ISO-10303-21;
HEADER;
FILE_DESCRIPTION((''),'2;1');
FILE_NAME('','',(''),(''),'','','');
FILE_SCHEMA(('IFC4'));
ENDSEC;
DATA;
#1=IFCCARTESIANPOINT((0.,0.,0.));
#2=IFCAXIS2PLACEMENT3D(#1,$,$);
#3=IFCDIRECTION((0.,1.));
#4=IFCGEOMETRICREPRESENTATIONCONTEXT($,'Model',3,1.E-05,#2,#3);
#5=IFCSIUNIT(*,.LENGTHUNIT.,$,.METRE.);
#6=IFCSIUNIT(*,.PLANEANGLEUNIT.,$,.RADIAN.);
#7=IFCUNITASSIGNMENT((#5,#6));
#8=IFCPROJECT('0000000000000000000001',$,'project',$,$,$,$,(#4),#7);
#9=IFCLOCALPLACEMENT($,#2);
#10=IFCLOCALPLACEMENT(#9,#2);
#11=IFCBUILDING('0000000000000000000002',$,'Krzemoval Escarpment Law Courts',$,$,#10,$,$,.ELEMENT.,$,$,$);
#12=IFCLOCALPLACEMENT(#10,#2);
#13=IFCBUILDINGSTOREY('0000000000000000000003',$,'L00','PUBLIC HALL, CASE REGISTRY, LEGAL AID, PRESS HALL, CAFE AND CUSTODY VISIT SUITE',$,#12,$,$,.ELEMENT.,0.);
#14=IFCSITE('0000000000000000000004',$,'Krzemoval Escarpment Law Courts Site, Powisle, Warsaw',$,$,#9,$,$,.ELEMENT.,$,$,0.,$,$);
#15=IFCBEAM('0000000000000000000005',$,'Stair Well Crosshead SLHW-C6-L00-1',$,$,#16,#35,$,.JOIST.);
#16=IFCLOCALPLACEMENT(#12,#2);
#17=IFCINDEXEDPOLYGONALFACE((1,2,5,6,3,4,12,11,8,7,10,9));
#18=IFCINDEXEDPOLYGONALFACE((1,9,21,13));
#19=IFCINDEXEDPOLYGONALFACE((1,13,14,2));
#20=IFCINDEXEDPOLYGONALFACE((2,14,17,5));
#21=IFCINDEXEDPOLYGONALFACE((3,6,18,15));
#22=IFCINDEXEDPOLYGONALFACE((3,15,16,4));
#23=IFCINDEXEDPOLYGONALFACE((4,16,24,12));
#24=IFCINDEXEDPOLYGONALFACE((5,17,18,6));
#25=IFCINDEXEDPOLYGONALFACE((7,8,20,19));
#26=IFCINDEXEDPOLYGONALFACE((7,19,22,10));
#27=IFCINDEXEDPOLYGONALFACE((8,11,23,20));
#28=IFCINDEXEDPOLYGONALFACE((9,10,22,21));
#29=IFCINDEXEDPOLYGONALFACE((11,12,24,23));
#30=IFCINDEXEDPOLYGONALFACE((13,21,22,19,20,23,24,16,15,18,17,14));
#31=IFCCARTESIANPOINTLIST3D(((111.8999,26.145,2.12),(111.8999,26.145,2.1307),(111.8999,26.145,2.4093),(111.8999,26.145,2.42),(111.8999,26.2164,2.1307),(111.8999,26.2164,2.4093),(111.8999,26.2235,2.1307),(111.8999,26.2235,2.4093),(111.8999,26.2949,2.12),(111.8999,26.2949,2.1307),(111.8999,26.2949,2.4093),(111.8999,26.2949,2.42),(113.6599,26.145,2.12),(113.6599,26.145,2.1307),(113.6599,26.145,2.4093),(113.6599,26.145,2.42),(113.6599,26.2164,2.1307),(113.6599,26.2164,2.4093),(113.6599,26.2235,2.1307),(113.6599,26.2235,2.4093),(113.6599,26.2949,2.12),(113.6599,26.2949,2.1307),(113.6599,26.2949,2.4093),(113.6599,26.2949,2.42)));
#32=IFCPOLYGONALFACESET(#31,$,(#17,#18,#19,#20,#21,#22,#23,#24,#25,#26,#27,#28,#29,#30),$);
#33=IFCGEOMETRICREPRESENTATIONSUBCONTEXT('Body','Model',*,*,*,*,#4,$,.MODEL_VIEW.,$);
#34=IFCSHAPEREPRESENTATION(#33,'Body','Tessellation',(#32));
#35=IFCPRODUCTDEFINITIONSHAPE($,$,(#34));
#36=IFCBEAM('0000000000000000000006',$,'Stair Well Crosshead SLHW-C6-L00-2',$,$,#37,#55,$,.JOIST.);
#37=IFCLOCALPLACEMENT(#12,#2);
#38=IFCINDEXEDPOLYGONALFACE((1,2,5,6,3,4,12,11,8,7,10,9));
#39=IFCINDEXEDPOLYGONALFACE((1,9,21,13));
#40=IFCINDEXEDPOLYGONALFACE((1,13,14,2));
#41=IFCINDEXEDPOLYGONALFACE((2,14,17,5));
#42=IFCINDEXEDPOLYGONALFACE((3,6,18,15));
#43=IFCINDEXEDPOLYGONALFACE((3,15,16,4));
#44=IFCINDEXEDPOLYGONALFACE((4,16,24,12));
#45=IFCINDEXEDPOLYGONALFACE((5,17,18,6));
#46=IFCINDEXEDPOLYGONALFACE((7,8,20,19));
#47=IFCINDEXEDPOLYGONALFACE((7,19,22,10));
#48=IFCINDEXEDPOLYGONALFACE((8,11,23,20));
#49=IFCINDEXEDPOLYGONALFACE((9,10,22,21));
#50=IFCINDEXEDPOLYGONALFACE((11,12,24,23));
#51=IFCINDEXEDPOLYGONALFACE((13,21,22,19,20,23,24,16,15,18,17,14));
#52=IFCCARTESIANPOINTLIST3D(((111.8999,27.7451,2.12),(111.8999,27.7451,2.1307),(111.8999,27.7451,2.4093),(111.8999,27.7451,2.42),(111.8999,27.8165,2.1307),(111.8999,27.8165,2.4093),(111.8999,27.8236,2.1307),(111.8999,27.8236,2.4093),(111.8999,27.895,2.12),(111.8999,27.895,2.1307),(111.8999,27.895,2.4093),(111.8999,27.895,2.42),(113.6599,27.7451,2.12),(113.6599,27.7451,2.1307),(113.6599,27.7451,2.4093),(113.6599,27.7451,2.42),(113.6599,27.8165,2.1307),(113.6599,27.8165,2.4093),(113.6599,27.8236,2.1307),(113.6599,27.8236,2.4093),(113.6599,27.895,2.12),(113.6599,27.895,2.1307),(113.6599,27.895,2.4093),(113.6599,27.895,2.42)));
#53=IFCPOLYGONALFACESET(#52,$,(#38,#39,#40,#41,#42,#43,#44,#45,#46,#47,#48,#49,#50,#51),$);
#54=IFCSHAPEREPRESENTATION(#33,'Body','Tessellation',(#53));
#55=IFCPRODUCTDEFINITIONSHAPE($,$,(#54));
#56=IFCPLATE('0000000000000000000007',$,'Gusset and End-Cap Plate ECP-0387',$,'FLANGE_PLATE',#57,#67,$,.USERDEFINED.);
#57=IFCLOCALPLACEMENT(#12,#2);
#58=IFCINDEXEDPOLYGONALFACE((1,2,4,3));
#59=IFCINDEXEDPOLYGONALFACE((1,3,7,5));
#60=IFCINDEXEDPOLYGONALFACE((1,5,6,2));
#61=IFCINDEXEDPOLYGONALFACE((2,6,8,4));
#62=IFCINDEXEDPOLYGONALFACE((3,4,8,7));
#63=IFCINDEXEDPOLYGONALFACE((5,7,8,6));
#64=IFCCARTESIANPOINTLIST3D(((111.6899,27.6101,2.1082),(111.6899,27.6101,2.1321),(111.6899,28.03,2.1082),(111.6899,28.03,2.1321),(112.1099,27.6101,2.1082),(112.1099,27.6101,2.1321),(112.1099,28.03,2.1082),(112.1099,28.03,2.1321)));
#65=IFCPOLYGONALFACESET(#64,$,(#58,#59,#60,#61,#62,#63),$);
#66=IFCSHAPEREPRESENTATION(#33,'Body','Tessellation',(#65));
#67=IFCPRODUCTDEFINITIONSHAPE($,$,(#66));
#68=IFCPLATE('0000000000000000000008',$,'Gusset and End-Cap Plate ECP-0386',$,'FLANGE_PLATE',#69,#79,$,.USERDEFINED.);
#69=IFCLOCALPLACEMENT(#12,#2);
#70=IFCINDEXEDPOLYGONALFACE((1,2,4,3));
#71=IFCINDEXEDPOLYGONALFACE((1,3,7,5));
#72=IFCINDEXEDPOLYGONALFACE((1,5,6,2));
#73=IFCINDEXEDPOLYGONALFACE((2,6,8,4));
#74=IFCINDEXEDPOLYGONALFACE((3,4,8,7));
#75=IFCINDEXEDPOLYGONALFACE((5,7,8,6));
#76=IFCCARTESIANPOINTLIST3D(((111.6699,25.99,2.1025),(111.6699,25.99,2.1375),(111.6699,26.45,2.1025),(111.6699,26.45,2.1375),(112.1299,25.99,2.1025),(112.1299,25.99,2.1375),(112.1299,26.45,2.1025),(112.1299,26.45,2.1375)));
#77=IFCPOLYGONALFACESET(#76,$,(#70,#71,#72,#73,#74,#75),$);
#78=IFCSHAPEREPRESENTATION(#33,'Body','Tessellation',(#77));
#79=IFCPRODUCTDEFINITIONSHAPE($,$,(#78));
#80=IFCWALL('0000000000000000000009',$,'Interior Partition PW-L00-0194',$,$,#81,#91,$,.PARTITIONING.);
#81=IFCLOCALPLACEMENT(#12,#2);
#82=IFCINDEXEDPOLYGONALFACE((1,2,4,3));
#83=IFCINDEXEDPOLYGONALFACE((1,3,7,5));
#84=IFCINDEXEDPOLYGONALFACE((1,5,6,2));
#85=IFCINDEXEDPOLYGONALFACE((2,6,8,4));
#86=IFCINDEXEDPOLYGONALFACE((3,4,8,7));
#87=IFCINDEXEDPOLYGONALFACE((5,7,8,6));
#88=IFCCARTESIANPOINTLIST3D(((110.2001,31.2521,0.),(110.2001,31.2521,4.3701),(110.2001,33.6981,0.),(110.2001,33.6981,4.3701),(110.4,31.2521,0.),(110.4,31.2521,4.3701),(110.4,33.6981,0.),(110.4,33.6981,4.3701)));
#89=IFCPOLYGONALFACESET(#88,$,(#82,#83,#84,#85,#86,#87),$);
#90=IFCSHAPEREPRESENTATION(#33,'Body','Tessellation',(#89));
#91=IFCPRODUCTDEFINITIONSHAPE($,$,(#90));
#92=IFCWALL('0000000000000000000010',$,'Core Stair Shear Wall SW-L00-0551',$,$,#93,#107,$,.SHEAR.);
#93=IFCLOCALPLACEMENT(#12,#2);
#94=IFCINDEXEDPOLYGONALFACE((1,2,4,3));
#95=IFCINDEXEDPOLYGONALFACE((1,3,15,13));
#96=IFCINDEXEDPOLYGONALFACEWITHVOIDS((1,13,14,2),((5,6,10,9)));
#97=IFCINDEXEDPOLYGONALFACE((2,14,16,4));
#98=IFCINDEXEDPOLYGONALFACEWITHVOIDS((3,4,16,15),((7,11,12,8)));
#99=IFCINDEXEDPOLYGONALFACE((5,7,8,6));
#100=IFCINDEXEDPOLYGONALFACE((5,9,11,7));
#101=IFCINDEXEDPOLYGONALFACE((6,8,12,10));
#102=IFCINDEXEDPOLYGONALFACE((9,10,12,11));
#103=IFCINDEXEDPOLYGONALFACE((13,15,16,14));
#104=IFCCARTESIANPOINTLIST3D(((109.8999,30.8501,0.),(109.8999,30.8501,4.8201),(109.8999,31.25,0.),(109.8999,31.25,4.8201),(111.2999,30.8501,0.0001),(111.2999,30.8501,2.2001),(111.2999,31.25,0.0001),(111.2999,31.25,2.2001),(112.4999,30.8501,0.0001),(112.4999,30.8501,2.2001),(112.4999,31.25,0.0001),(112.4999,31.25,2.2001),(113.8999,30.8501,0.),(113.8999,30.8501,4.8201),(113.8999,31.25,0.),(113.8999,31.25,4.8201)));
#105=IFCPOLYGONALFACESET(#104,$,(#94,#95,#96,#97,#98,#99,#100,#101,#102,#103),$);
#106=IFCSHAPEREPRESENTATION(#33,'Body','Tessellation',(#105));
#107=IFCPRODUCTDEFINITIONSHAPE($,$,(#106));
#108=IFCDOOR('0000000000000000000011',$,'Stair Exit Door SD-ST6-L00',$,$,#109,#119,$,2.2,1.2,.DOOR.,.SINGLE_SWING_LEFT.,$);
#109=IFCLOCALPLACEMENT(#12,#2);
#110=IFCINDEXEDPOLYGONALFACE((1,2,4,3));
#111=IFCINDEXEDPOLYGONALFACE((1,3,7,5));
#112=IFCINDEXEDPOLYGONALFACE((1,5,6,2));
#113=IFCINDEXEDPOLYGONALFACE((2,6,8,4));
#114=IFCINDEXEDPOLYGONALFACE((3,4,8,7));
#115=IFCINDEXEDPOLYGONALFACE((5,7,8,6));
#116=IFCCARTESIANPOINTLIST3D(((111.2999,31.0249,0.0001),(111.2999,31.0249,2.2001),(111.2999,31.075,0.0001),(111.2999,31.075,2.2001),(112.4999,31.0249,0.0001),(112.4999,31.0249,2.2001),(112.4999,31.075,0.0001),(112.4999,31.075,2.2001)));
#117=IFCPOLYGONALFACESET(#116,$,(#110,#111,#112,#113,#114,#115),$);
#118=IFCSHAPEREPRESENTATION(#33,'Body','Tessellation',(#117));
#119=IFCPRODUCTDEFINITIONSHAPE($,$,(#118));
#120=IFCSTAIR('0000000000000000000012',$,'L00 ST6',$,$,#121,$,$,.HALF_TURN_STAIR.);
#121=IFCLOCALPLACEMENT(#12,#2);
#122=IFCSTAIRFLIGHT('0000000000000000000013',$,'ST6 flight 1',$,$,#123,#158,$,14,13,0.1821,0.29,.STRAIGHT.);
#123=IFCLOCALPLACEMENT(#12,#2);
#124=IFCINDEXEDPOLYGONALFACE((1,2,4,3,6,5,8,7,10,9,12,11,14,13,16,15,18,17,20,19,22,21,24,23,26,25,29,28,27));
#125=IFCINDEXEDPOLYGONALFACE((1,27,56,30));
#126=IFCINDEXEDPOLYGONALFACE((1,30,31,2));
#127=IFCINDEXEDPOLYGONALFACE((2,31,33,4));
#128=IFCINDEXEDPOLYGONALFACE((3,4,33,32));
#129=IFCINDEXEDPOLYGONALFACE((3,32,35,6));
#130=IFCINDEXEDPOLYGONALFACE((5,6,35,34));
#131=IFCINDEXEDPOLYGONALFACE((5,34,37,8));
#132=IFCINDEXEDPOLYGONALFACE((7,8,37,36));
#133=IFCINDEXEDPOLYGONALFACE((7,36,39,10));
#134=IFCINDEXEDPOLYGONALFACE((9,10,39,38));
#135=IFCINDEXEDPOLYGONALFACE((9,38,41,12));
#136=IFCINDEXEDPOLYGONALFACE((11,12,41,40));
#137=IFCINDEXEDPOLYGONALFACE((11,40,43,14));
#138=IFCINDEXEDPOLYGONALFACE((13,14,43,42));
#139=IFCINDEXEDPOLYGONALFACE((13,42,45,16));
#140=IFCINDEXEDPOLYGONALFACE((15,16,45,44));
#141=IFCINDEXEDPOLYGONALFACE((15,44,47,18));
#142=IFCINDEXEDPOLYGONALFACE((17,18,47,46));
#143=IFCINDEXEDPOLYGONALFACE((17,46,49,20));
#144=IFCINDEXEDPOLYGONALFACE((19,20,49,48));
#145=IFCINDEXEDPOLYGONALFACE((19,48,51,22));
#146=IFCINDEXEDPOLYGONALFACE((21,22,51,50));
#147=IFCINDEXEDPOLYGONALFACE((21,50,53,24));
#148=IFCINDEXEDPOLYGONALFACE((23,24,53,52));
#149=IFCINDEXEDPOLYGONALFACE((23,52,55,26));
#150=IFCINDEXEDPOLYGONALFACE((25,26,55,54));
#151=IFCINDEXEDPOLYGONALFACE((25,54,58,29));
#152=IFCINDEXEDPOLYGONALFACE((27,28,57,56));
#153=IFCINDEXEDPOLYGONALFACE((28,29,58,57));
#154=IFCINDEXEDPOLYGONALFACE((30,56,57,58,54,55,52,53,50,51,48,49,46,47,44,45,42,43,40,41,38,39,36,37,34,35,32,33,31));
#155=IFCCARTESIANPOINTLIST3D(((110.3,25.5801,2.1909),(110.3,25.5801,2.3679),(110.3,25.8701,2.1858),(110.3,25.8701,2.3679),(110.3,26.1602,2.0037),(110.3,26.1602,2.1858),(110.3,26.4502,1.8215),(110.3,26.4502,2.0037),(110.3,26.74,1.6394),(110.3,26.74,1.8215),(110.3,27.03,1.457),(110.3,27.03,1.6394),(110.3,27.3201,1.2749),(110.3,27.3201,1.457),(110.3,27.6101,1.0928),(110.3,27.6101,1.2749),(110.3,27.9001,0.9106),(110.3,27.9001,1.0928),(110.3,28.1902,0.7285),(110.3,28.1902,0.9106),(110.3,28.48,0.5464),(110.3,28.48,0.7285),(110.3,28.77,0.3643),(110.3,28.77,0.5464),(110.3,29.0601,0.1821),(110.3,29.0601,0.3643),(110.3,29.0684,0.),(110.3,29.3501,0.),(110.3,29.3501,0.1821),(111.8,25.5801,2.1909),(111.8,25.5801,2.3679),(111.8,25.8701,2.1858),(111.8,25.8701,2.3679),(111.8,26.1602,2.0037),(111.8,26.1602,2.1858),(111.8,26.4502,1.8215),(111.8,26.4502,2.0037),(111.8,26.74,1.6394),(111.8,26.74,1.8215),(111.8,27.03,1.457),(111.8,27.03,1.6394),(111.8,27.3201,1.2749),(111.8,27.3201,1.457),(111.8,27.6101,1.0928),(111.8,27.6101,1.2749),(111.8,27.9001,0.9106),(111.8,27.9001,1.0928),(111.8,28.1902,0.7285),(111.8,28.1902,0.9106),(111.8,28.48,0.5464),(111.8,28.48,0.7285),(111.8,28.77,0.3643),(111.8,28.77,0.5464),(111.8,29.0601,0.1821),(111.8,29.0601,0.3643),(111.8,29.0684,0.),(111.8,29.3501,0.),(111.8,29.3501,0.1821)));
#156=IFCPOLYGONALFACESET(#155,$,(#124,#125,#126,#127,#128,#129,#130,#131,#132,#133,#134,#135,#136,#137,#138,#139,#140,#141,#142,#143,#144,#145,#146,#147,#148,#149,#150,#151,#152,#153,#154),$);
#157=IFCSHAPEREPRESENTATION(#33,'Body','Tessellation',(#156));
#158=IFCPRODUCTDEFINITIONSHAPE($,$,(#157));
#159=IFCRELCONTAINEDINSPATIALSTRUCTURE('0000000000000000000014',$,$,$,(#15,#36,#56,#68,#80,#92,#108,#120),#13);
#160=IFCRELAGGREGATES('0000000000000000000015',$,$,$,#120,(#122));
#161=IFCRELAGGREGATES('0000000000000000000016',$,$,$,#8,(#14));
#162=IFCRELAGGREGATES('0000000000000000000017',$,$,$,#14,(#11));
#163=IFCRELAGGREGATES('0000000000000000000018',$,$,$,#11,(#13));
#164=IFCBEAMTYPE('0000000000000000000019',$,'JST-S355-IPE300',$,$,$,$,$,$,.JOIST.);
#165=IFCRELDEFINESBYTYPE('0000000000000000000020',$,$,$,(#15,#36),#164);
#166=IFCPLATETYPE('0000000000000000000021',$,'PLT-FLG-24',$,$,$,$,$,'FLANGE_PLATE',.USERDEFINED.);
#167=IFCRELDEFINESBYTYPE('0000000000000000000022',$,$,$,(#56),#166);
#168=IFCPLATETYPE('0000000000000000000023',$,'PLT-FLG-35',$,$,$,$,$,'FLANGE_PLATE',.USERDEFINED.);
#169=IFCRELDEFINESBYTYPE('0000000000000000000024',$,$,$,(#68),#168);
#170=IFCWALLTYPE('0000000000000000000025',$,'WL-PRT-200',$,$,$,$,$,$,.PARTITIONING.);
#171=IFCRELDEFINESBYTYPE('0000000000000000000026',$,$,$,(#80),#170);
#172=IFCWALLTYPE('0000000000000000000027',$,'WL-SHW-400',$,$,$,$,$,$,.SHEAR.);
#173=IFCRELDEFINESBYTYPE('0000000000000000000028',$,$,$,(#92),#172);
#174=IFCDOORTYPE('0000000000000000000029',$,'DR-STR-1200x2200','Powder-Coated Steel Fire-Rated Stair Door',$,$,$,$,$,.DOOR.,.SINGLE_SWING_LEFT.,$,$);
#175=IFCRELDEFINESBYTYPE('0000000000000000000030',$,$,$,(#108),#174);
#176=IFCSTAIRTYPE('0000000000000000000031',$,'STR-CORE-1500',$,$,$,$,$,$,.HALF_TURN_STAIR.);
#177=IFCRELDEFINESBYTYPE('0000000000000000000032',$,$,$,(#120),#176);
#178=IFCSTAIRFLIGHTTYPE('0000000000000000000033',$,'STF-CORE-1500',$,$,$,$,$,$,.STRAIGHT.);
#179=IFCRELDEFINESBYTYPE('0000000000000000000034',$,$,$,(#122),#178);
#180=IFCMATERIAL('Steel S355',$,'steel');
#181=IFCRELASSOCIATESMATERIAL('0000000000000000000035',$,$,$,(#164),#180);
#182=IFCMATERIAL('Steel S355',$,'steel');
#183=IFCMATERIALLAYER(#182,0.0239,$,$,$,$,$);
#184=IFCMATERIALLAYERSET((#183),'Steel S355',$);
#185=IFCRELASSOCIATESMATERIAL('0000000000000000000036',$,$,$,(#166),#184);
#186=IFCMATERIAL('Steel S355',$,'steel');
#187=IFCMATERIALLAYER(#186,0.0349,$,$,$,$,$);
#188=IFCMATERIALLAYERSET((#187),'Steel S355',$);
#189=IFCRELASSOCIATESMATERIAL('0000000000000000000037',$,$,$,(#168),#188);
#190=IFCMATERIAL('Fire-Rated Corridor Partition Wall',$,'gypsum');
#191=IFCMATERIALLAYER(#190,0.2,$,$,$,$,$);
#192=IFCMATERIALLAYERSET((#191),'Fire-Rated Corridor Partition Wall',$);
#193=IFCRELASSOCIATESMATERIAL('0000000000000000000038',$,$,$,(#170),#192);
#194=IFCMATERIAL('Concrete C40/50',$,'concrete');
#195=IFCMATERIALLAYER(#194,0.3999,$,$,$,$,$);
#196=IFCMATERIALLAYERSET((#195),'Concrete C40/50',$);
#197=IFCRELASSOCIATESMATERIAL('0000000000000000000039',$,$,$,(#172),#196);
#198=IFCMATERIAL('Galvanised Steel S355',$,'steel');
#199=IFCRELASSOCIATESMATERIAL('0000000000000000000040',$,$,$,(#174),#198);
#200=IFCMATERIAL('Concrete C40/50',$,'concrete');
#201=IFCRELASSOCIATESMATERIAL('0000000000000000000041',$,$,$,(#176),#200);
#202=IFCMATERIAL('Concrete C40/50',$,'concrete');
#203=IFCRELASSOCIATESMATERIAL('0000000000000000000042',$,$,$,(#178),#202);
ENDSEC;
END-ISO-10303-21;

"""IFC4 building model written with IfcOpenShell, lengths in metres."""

from ifc_helpers import new_model, si_unit, direction, frame, frame_2d, origin, origin_2d, place, context, subcontext, project, spatial, polyline, rectangle, i_section, outline, extrude, material, layer, layer_set, material_profile, profile_set, type_object, element, fill, aggregate, save


model = new_model("IFC4")

# Units and contexts
model_context = context("Model", 3, precision=1e-05, world=origin(), true_north=direction((0.0, 1.0)))
body_context = subcontext(model_context, "Body", "Model", "MODEL_VIEW")
ifc_project = project(units=[si_unit("LENGTHUNIT", "METRE"), si_unit("PLANEANGLEUNIT", "RADIAN")], contexts=[model_context])

# Site, building, storey
site_placement = place(None, origin())
site = spatial("IfcSite", under=ifc_project, at=site_placement, Name="Krzemoval Escarpment Law Courts Site, Powisle, Warsaw", CompositionType="ELEMENT", RefElevation=0.0)
building_placement = place(site_placement, origin())
building = spatial("IfcBuilding", under=site, at=building_placement, Name="Krzemoval Escarpment Law Courts", CompositionType="ELEMENT")
storey_placement = place(building_placement, origin())
storey = spatial("IfcBuildingStorey", under=building, at=storey_placement, Name="L00", Description="PUBLIC HALL, CASE REGISTRY, LEGAL AID, PRESS HALL, CAFE AND CUSTODY VISIT SUITE", CompositionType="ELEMENT", Elevation=0.0)

# Beams
ifc_material_1 = material(Name="Steel S355", Category="steel")
ifc_material_profile_1 = material_profile(ifc_material_1, i_section(OverallWidth=0.1499, OverallDepth=0.3, WebThickness=0.0071, FlangeThickness=0.0107, at=origin_2d()), Name="IPE 300")
ifc_profile_set_1 = profile_set([ifc_material_profile_1], Name="Steel S355")
beam_type_1 = type_object("IfcBeamType", Name="JST-S355-IPE300", PredefinedType="JOIST", material=ifc_profile_set_1)
for number, where, z_axis, x_axis, name in (
    (1, (111.8999, 26.22, 2.27), (1.0, 0.0, 0.0), (0.0, 1.0, 0.0), "Stair Well Crosshead SLHW-C6-L00-1"),
    (2, (111.8999, 27.8201, 2.27), (1.0, 0.0, 0.0), (0.0, 1.0, 0.0), "Stair Well Crosshead SLHW-C6-L00-2"),
):
    element("IfcBeam", number, at=place(storey_placement, frame(where, z_axis=z_axis, x_axis=x_axis)), inside=storey, type_object=beam_type_1, Name=name, PredefinedType="JOIST", context=body_context, shape_type="SweptSolid", body=[
        extrude(i_section(OverallWidth=0.1499, OverallDepth=0.3, WebThickness=0.0071, FlangeThickness=0.0107, at=origin_2d()), origin(), (0.0, 0.0, 1.0), 1.76),
    ])

# Plates
ifc_material_2 = material(Name="Steel S355", Category="steel")
ifc_layer_1 = layer(ifc_material_2, 0.0239)
ifc_layer_set_1 = layer_set([ifc_layer_1], Name="Steel S355")
plate_type_1 = type_object("IfcPlateType", Name="PLT-FLG-24", ElementType="FLANGE_PLATE", PredefinedType="USERDEFINED", material=ifc_layer_set_1)
plate_1_placement = place(storey_placement, frame((111.8999, 27.8201, 2.1082), z_axis=(0.0, 0.0, 1.0), x_axis=(1.0, 0.0, 0.0)))
element("IfcPlate", 3, at=plate_1_placement, inside=storey, type_object=plate_type_1, Name="Gusset and End-Cap Plate ECP-0387", ObjectType="FLANGE_PLATE", PredefinedType="USERDEFINED", context=body_context, shape_type="SweptSolid", body=[
    extrude(rectangle(XDim=0.4199, YDim=0.4199, at=origin_2d()), origin(), (0.0, 0.0, 1.0), 0.0239),
])
ifc_material_3 = material(Name="Steel S355", Category="steel")
ifc_layer_2 = layer(ifc_material_3, 0.0349)
ifc_layer_set_2 = layer_set([ifc_layer_2], Name="Steel S355")
plate_type_2 = type_object("IfcPlateType", Name="PLT-FLG-35", ElementType="FLANGE_PLATE", PredefinedType="USERDEFINED", material=ifc_layer_set_2)
plate_2_placement = place(storey_placement, frame((111.8999, 26.22, 2.1025), z_axis=(0.0, 0.0, 1.0), x_axis=(1.0, 0.0, 0.0)))
element("IfcPlate", 4, at=plate_2_placement, inside=storey, type_object=plate_type_2, Name="Gusset and End-Cap Plate ECP-0386", ObjectType="FLANGE_PLATE", PredefinedType="USERDEFINED", context=body_context, shape_type="SweptSolid", body=[
    extrude(rectangle(XDim=0.46, YDim=0.46, at=origin_2d()), origin(), (0.0, 0.0, 1.0), 0.0349),
])

# Wall
ifc_material_4 = material(Name="Fire-Rated Corridor Partition Wall", Category="gypsum")
ifc_layer_3 = layer(ifc_material_4, 0.2)
ifc_layer_set_3 = layer_set([ifc_layer_3], Name="Fire-Rated Corridor Partition Wall")
wall_type_1 = type_object("IfcWallType", Name="WL-PRT-200", PredefinedType="PARTITIONING", material=ifc_layer_set_3)
wall_1_placement = place(storey_placement, frame((110.3, 31.252, 0.0), z_axis=(0.0, 0.0, 1.0), x_axis=(0.0, 1.0, 0.0)))
element("IfcWall", 5, at=wall_1_placement, inside=storey, type_object=wall_type_1, Name="Interior Partition PW-L00-0194", PredefinedType="PARTITIONING", context=body_context, shape_type="SweptSolid", body=[
    extrude(rectangle(XDim=2.446, YDim=0.2, at=frame_2d((1.2231, 0.0))), origin(), (0.0, 0.0, 1.0), 4.3701),
])

# Wall, opening, door
ifc_material_5 = material(Name="Concrete C40/50", Category="concrete")
ifc_layer_4 = layer(ifc_material_5, 0.3999)
ifc_layer_set_4 = layer_set([ifc_layer_4], Name="Concrete C40/50")
wall_type_2 = type_object("IfcWallType", Name="WL-SHW-400", PredefinedType="SHEAR", material=ifc_layer_set_4)
wall_2_placement = place(storey_placement, frame((109.8999, 31.05, 0.0), z_axis=(0.0, 0.0, 1.0), x_axis=(1.0, 0.0, 0.0)))
wall_2 = element("IfcWall", 6, at=wall_2_placement, inside=storey, type_object=wall_type_2, Name="Core Stair Shear Wall SW-L00-0551", PredefinedType="SHEAR", context=body_context, shape_type="SweptSolid", body=[
    extrude(rectangle(XDim=4.0, YDim=0.3999, at=frame_2d((2.0, 0.0))), origin(), (0.0, 0.0, 1.0), 4.8201),
])
opening_placement = place(wall_2_placement, frame((1.3999, 0.0, 0.0)))
opening = element("IfcOpeningElement", 7, at=opening_placement, cuts=wall_2, PredefinedType="OPENING", context=body_context, shape_type="SweptSolid", body=[
    extrude(rectangle(XDim=1.2, YDim=2.2, at=frame_2d((0.6001, 1.1001))), frame((0.0, 0.215, 0.0), z_axis=(0.0, -1.0, 0.0), x_axis=(1.0, 0.0, 0.0)), (0.0, 0.0, 1.0), 0.4299),
])
ifc_material_6 = material(Name="Galvanised Steel S355", Category="steel")
door_type = type_object("IfcDoorType", Name="DR-STR-1200x2200", Description="Powder-Coated Steel Fire-Rated Stair Door", OperationType="SINGLE_SWING_LEFT", PredefinedType="DOOR", material=ifc_material_6)
door_placement = place(opening_placement, origin())
door = element("IfcDoor", 8, at=door_placement, inside=storey, type_object=door_type, Name="Stair Exit Door SD-ST6-L00", OperationType="SINGLE_SWING_LEFT", OverallHeight=2.2, OverallWidth=1.2, PredefinedType="DOOR", context=body_context, shape_type="SweptSolid", body=[
    extrude(rectangle(XDim=1.2, YDim=2.2, at=frame_2d((0.6001, 1.1001))), frame((0.0, 0.0249, 0.0), z_axis=(0.0, -1.0, 0.0), x_axis=(1.0, 0.0, 0.0)), (0.0, 0.0, 1.0), 0.05),
])
fill(opening, door)

# Stair, stair flight
ifc_material_7 = material(Name="Concrete C40/50", Category="concrete")
stair_type = type_object("IfcStairType", Name="STR-CORE-1500", PredefinedType="HALF_TURN_STAIR", material=ifc_material_7)
stair_placement = place(storey_placement, origin())
stair = element("IfcStair", 9, at=stair_placement, inside=storey, type_object=stair_type, Name="L00 ST6", PredefinedType="HALF_TURN_STAIR")
ifc_material_8 = material(Name="Concrete C40/50", Category="concrete")
stair_flight_type = type_object("IfcStairFlightType", Name="STF-CORE-1500", PredefinedType="STRAIGHT", material=ifc_material_8)
stair_flight_placement = place(storey_placement, frame((111.05, 29.3501, 0.0), z_axis=(0.0, 0.0, 1.0), x_axis=(0.0, -1.0, 0.0)))
stair_flight = element("IfcStairFlight", 10, at=stair_flight_placement, type_object=stair_flight_type, Name="ST6 flight 1", NumberOfRisers=14, NumberOfTreads=13, PredefinedType="STRAIGHT", RiserHeight=0.1821, TreadLength=0.29, context=body_context, shape_type="SweptSolid", body=[
    extrude(outline(polyline([(0.0, 0.0), (0.0, 0.1821), (0.29, 0.1821), (0.29, 0.3643), (0.5801, 0.3643), (0.5801, 0.5464), (0.8701, 0.5464), (0.8701, 0.7285), (1.1599, 0.7285), (1.1599, 0.9106), (1.45, 0.9106), (1.45, 1.0928), (1.74, 1.0928), (1.74, 1.2749), (2.03, 1.2749), (2.03, 1.457), (2.3201, 1.457), (2.3201, 1.6394), (2.6101, 1.6394), (2.6101, 1.8215), (2.8999, 1.8215), (2.8999, 2.0037), (3.1899, 2.0037), (3.1899, 2.1858), (3.48, 2.1858), (3.48, 2.3679), (3.77, 2.3679), (3.77, 2.55), (3.77, 2.1909), (0.2817, 0.0), (0.0, 0.0)])), frame((0.0, 0.75, 0.0), z_axis=(0.0, -1.0, 0.0), x_axis=(1.0, 0.0, 0.0)), (0.0, 0.0, 1.0), 1.5),
])
aggregate(stair, [stair_flight])

save(model, "model.ifc")
